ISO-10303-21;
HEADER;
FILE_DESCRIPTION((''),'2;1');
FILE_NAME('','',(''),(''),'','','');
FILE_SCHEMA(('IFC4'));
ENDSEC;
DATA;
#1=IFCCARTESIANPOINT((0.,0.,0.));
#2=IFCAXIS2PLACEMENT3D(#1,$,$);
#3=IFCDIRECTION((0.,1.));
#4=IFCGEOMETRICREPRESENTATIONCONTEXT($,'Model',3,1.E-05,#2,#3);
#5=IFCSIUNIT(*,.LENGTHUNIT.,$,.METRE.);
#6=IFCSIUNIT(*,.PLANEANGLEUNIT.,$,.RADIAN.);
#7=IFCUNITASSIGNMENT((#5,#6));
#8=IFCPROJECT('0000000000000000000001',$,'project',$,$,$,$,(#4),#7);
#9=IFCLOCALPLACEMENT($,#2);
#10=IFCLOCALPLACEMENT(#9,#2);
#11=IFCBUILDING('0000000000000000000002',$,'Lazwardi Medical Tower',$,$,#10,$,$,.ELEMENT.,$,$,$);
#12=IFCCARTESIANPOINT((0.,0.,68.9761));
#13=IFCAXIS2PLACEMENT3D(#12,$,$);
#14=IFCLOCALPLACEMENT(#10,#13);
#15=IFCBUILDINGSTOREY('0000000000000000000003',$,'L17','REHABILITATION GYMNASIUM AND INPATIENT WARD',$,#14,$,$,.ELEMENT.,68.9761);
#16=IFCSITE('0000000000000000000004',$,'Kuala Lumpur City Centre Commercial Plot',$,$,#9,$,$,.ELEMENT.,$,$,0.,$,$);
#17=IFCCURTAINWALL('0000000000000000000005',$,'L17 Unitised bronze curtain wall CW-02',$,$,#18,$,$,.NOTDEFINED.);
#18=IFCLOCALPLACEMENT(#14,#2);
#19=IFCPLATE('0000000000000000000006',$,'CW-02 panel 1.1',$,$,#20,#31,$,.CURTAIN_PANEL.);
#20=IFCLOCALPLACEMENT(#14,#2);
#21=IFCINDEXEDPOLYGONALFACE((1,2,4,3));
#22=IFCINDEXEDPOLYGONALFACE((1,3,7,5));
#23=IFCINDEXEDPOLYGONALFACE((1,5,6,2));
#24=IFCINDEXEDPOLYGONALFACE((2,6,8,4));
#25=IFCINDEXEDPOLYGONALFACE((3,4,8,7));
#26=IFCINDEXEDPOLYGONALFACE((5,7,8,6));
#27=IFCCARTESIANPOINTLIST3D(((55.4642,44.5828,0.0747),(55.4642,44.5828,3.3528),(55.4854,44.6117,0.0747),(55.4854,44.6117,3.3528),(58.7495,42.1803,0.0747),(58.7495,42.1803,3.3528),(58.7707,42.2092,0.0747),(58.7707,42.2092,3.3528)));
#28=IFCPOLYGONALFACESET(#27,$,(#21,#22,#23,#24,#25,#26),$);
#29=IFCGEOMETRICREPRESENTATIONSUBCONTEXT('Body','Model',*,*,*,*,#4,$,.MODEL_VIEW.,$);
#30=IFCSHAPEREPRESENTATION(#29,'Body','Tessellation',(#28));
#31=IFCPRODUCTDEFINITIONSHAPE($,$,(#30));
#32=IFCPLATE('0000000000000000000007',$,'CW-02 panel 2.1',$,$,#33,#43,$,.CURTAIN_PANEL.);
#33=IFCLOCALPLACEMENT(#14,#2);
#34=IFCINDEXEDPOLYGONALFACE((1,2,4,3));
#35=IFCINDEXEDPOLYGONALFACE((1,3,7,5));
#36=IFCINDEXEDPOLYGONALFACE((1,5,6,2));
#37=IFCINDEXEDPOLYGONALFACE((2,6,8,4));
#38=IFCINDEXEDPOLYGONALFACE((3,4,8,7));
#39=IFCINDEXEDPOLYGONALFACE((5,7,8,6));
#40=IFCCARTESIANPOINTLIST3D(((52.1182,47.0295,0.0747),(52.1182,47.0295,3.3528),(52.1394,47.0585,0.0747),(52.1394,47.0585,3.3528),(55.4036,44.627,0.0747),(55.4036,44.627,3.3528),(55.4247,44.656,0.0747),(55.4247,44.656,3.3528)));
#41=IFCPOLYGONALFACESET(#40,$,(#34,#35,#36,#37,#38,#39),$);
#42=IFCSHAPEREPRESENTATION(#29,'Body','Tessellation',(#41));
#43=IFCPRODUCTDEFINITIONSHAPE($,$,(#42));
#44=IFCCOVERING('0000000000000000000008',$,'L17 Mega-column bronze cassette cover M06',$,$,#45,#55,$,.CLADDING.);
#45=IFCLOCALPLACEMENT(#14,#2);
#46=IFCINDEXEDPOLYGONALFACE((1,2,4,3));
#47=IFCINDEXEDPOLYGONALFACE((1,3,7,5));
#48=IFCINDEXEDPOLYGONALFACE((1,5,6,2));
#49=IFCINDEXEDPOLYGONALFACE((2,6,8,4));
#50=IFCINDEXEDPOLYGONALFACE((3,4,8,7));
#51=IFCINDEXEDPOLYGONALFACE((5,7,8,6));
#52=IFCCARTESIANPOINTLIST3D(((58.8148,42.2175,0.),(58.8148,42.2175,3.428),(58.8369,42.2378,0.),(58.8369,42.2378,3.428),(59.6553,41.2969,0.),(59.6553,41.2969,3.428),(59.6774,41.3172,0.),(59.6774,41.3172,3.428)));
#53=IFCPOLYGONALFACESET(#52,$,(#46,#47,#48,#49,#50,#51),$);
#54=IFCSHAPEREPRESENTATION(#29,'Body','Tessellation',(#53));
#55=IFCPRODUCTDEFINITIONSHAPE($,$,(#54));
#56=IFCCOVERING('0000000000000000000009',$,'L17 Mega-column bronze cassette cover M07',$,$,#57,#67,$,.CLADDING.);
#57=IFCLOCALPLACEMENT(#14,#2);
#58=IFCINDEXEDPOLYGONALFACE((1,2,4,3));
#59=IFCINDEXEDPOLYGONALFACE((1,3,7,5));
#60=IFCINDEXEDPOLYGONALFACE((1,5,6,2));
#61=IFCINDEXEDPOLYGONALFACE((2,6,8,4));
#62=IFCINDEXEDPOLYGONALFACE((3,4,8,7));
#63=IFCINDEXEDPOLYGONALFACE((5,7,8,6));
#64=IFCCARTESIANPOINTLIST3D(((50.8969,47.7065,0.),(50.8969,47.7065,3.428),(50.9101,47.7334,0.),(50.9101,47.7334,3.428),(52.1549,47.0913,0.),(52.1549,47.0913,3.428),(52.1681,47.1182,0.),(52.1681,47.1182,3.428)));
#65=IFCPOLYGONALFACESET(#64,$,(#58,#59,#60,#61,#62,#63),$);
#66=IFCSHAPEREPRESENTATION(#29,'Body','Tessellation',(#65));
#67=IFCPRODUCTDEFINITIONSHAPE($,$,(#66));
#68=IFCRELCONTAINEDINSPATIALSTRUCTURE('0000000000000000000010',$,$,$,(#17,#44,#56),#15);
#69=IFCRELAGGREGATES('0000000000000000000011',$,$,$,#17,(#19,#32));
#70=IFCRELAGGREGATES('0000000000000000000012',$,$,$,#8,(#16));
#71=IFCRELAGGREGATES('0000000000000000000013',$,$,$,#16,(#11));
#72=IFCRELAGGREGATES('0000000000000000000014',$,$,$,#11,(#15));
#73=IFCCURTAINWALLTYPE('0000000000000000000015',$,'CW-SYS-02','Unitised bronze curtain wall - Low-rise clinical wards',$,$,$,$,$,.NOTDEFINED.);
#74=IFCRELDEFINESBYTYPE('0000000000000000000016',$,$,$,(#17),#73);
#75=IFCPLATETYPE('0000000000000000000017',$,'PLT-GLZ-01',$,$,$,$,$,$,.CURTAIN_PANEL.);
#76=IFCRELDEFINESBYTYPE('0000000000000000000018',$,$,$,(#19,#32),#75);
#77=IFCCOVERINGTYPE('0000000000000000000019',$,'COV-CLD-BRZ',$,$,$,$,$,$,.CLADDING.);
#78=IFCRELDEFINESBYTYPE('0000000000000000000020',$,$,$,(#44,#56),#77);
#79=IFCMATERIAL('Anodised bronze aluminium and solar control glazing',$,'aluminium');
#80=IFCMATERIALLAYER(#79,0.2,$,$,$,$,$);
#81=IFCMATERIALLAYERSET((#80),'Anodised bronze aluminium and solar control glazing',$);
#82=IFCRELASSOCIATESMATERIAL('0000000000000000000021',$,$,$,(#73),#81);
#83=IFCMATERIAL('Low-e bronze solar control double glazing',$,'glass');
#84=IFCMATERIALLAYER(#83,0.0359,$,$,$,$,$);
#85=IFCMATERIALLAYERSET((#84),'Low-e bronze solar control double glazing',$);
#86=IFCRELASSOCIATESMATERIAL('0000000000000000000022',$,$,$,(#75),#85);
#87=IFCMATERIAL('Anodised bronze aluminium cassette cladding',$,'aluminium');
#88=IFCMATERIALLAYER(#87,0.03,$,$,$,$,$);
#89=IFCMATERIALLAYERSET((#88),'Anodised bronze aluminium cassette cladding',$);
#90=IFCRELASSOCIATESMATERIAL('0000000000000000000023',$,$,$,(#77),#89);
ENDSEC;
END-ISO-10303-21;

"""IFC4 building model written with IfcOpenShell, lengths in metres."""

from ifc_helpers import new_model, si_unit, direction, frame, origin, origin_2d, place, context, subcontext, project, spatial, rectangle, extrude, material, layer, layer_set, type_object, element, aggregate, save


model = new_model("IFC4")

# Units and contexts
model_context = context("Model", 3, precision=1e-05, world=origin(), true_north=direction((0.0, 1.0)))
body_context = subcontext(model_context, "Body", "Model", "MODEL_VIEW")
ifc_project = project(units=[si_unit("LENGTHUNIT", "METRE"), si_unit("PLANEANGLEUNIT", "RADIAN")], contexts=[model_context])

# Site, building, storey
site_placement = place(None, origin())
site = spatial("IfcSite", under=ifc_project, at=site_placement, Name="Kuala Lumpur City Centre Commercial Plot", CompositionType="ELEMENT", RefElevation=0.0)
building_placement = place(site_placement, origin())
building = spatial("IfcBuilding", under=site, at=building_placement, Name="Lazwardi Medical Tower", CompositionType="ELEMENT")
storey_placement = place(building_placement, frame((0.0, 0.0, 68.9761)))
storey = spatial("IfcBuildingStorey", under=building, at=storey_placement, Name="L17", Description="REHABILITATION GYMNASIUM AND INPATIENT WARD", CompositionType="ELEMENT", Elevation=68.9761)

# Shared definitions
ifc_material_1 = material(Name="Anodised bronze aluminium and solar control glazing", Category="aluminium")
ifc_layer_1 = layer(ifc_material_1, 0.2)
ifc_layer_set_1 = layer_set([ifc_layer_1], Name="Anodised bronze aluminium and solar control glazing")
curtain_wall_type = type_object("IfcCurtainWallType", Name="CW-SYS-02", Description="Unitised bronze curtain wall - Low-rise clinical wards", PredefinedType="NOTDEFINED", material=ifc_layer_set_1)

# Curtain wall
curtain_wall_1_placement = place(storey_placement, origin())
curtain_wall_1 = element("IfcCurtainWall", 1, at=curtain_wall_1_placement, inside=storey, type_object=curtain_wall_type, Name="L17 Unitised bronze curtain wall CW-02", PredefinedType="NOTDEFINED")

# Plates
ifc_material_2 = material(Name="Low-e bronze solar control double glazing", Category="glass")
ifc_layer_2 = layer(ifc_material_2, 0.0359)
ifc_layer_set_2 = layer_set([ifc_layer_2], Name="Low-e bronze solar control double glazing")
plate_type = type_object("IfcPlateType", Name="PLT-GLZ-01", PredefinedType="CURTAIN_PANEL", material=ifc_layer_set_2)
plate_1_placement = place(storey_placement, frame((57.1174, 43.396, 0.0747), z_axis=(0.0, 0.0, 1.0), x_axis=(-0.807192, 0.590289, 0.0)))
plate_1 = element("IfcPlate", 2, at=plate_1_placement, type_object=plate_type, Name="CW-02 panel 1.1", PredefinedType="CURTAIN_PANEL", context=body_context, shape_type="SweptSolid", body=[
    extrude(rectangle(XDim=4.0701, YDim=0.0359, at=origin_2d()), origin(), (0.0, 0.0, 1.0), 3.2781),
])
plate_2_placement = place(storey_placement, frame((53.7715, 45.8428, 0.0747), z_axis=(0.0, 0.0, 1.0), x_axis=(-0.807192, 0.590289, 0.0)))
plate_2 = element("IfcPlate", 3, at=plate_2_placement, type_object=plate_type, Name="CW-02 panel 2.1", PredefinedType="CURTAIN_PANEL", context=body_context, shape_type="SweptSolid", body=[
    extrude(rectangle(XDim=4.0701, YDim=0.0359, at=origin_2d()), origin(), (0.0, 0.0, 1.0), 3.2781),
])
aggregate(curtain_wall_1, [plate_1, plate_2])

# Coverings
ifc_material_3 = material(Name="Anodised bronze aluminium cassette cladding", Category="aluminium")
ifc_layer_3 = layer(ifc_material_3, 0.03)
ifc_layer_set_3 = layer_set([ifc_layer_3], Name="Anodised bronze aluminium cassette cladding")
covering_type = type_object("IfcCoveringType", Name="COV-CLD-BRZ", PredefinedType="CLADDING", material=ifc_layer_set_3)
covering_1_placement = place(storey_placement, frame((59.2461, 41.7673, 0.0), z_axis=(0.0, 0.0, 1.0), x_axis=(-0.674252, 0.738501, 0.0)))
element("IfcCovering", 4, at=covering_1_placement, inside=storey, type_object=covering_type, Name="L17 Mega-column bronze cassette cover M06", PredefinedType="CLADDING", context=body_context, shape_type="SweptSolid", body=[
    extrude(rectangle(XDim=1.2466, YDim=0.03, at=origin_2d()), origin(), (0.0, 0.0, 1.0), 3.428),
])
covering_2_placement = place(storey_placement, frame((51.5325, 47.4124, 0.0), z_axis=(0.0, 0.0, 1.0), x_axis=(-0.898334, 0.439312, 0.0)))
element("IfcCovering", 5, at=covering_2_placement, inside=storey, type_object=covering_type, Name="L17 Mega-column bronze cassette cover M07", PredefinedType="CLADDING", context=body_context, shape_type="SweptSolid", body=[
    extrude(rectangle(XDim=1.4004, YDim=0.03, at=origin_2d()), origin(), (0.0, 0.0, 1.0), 3.428),
])

save(model, "model.ifc")
